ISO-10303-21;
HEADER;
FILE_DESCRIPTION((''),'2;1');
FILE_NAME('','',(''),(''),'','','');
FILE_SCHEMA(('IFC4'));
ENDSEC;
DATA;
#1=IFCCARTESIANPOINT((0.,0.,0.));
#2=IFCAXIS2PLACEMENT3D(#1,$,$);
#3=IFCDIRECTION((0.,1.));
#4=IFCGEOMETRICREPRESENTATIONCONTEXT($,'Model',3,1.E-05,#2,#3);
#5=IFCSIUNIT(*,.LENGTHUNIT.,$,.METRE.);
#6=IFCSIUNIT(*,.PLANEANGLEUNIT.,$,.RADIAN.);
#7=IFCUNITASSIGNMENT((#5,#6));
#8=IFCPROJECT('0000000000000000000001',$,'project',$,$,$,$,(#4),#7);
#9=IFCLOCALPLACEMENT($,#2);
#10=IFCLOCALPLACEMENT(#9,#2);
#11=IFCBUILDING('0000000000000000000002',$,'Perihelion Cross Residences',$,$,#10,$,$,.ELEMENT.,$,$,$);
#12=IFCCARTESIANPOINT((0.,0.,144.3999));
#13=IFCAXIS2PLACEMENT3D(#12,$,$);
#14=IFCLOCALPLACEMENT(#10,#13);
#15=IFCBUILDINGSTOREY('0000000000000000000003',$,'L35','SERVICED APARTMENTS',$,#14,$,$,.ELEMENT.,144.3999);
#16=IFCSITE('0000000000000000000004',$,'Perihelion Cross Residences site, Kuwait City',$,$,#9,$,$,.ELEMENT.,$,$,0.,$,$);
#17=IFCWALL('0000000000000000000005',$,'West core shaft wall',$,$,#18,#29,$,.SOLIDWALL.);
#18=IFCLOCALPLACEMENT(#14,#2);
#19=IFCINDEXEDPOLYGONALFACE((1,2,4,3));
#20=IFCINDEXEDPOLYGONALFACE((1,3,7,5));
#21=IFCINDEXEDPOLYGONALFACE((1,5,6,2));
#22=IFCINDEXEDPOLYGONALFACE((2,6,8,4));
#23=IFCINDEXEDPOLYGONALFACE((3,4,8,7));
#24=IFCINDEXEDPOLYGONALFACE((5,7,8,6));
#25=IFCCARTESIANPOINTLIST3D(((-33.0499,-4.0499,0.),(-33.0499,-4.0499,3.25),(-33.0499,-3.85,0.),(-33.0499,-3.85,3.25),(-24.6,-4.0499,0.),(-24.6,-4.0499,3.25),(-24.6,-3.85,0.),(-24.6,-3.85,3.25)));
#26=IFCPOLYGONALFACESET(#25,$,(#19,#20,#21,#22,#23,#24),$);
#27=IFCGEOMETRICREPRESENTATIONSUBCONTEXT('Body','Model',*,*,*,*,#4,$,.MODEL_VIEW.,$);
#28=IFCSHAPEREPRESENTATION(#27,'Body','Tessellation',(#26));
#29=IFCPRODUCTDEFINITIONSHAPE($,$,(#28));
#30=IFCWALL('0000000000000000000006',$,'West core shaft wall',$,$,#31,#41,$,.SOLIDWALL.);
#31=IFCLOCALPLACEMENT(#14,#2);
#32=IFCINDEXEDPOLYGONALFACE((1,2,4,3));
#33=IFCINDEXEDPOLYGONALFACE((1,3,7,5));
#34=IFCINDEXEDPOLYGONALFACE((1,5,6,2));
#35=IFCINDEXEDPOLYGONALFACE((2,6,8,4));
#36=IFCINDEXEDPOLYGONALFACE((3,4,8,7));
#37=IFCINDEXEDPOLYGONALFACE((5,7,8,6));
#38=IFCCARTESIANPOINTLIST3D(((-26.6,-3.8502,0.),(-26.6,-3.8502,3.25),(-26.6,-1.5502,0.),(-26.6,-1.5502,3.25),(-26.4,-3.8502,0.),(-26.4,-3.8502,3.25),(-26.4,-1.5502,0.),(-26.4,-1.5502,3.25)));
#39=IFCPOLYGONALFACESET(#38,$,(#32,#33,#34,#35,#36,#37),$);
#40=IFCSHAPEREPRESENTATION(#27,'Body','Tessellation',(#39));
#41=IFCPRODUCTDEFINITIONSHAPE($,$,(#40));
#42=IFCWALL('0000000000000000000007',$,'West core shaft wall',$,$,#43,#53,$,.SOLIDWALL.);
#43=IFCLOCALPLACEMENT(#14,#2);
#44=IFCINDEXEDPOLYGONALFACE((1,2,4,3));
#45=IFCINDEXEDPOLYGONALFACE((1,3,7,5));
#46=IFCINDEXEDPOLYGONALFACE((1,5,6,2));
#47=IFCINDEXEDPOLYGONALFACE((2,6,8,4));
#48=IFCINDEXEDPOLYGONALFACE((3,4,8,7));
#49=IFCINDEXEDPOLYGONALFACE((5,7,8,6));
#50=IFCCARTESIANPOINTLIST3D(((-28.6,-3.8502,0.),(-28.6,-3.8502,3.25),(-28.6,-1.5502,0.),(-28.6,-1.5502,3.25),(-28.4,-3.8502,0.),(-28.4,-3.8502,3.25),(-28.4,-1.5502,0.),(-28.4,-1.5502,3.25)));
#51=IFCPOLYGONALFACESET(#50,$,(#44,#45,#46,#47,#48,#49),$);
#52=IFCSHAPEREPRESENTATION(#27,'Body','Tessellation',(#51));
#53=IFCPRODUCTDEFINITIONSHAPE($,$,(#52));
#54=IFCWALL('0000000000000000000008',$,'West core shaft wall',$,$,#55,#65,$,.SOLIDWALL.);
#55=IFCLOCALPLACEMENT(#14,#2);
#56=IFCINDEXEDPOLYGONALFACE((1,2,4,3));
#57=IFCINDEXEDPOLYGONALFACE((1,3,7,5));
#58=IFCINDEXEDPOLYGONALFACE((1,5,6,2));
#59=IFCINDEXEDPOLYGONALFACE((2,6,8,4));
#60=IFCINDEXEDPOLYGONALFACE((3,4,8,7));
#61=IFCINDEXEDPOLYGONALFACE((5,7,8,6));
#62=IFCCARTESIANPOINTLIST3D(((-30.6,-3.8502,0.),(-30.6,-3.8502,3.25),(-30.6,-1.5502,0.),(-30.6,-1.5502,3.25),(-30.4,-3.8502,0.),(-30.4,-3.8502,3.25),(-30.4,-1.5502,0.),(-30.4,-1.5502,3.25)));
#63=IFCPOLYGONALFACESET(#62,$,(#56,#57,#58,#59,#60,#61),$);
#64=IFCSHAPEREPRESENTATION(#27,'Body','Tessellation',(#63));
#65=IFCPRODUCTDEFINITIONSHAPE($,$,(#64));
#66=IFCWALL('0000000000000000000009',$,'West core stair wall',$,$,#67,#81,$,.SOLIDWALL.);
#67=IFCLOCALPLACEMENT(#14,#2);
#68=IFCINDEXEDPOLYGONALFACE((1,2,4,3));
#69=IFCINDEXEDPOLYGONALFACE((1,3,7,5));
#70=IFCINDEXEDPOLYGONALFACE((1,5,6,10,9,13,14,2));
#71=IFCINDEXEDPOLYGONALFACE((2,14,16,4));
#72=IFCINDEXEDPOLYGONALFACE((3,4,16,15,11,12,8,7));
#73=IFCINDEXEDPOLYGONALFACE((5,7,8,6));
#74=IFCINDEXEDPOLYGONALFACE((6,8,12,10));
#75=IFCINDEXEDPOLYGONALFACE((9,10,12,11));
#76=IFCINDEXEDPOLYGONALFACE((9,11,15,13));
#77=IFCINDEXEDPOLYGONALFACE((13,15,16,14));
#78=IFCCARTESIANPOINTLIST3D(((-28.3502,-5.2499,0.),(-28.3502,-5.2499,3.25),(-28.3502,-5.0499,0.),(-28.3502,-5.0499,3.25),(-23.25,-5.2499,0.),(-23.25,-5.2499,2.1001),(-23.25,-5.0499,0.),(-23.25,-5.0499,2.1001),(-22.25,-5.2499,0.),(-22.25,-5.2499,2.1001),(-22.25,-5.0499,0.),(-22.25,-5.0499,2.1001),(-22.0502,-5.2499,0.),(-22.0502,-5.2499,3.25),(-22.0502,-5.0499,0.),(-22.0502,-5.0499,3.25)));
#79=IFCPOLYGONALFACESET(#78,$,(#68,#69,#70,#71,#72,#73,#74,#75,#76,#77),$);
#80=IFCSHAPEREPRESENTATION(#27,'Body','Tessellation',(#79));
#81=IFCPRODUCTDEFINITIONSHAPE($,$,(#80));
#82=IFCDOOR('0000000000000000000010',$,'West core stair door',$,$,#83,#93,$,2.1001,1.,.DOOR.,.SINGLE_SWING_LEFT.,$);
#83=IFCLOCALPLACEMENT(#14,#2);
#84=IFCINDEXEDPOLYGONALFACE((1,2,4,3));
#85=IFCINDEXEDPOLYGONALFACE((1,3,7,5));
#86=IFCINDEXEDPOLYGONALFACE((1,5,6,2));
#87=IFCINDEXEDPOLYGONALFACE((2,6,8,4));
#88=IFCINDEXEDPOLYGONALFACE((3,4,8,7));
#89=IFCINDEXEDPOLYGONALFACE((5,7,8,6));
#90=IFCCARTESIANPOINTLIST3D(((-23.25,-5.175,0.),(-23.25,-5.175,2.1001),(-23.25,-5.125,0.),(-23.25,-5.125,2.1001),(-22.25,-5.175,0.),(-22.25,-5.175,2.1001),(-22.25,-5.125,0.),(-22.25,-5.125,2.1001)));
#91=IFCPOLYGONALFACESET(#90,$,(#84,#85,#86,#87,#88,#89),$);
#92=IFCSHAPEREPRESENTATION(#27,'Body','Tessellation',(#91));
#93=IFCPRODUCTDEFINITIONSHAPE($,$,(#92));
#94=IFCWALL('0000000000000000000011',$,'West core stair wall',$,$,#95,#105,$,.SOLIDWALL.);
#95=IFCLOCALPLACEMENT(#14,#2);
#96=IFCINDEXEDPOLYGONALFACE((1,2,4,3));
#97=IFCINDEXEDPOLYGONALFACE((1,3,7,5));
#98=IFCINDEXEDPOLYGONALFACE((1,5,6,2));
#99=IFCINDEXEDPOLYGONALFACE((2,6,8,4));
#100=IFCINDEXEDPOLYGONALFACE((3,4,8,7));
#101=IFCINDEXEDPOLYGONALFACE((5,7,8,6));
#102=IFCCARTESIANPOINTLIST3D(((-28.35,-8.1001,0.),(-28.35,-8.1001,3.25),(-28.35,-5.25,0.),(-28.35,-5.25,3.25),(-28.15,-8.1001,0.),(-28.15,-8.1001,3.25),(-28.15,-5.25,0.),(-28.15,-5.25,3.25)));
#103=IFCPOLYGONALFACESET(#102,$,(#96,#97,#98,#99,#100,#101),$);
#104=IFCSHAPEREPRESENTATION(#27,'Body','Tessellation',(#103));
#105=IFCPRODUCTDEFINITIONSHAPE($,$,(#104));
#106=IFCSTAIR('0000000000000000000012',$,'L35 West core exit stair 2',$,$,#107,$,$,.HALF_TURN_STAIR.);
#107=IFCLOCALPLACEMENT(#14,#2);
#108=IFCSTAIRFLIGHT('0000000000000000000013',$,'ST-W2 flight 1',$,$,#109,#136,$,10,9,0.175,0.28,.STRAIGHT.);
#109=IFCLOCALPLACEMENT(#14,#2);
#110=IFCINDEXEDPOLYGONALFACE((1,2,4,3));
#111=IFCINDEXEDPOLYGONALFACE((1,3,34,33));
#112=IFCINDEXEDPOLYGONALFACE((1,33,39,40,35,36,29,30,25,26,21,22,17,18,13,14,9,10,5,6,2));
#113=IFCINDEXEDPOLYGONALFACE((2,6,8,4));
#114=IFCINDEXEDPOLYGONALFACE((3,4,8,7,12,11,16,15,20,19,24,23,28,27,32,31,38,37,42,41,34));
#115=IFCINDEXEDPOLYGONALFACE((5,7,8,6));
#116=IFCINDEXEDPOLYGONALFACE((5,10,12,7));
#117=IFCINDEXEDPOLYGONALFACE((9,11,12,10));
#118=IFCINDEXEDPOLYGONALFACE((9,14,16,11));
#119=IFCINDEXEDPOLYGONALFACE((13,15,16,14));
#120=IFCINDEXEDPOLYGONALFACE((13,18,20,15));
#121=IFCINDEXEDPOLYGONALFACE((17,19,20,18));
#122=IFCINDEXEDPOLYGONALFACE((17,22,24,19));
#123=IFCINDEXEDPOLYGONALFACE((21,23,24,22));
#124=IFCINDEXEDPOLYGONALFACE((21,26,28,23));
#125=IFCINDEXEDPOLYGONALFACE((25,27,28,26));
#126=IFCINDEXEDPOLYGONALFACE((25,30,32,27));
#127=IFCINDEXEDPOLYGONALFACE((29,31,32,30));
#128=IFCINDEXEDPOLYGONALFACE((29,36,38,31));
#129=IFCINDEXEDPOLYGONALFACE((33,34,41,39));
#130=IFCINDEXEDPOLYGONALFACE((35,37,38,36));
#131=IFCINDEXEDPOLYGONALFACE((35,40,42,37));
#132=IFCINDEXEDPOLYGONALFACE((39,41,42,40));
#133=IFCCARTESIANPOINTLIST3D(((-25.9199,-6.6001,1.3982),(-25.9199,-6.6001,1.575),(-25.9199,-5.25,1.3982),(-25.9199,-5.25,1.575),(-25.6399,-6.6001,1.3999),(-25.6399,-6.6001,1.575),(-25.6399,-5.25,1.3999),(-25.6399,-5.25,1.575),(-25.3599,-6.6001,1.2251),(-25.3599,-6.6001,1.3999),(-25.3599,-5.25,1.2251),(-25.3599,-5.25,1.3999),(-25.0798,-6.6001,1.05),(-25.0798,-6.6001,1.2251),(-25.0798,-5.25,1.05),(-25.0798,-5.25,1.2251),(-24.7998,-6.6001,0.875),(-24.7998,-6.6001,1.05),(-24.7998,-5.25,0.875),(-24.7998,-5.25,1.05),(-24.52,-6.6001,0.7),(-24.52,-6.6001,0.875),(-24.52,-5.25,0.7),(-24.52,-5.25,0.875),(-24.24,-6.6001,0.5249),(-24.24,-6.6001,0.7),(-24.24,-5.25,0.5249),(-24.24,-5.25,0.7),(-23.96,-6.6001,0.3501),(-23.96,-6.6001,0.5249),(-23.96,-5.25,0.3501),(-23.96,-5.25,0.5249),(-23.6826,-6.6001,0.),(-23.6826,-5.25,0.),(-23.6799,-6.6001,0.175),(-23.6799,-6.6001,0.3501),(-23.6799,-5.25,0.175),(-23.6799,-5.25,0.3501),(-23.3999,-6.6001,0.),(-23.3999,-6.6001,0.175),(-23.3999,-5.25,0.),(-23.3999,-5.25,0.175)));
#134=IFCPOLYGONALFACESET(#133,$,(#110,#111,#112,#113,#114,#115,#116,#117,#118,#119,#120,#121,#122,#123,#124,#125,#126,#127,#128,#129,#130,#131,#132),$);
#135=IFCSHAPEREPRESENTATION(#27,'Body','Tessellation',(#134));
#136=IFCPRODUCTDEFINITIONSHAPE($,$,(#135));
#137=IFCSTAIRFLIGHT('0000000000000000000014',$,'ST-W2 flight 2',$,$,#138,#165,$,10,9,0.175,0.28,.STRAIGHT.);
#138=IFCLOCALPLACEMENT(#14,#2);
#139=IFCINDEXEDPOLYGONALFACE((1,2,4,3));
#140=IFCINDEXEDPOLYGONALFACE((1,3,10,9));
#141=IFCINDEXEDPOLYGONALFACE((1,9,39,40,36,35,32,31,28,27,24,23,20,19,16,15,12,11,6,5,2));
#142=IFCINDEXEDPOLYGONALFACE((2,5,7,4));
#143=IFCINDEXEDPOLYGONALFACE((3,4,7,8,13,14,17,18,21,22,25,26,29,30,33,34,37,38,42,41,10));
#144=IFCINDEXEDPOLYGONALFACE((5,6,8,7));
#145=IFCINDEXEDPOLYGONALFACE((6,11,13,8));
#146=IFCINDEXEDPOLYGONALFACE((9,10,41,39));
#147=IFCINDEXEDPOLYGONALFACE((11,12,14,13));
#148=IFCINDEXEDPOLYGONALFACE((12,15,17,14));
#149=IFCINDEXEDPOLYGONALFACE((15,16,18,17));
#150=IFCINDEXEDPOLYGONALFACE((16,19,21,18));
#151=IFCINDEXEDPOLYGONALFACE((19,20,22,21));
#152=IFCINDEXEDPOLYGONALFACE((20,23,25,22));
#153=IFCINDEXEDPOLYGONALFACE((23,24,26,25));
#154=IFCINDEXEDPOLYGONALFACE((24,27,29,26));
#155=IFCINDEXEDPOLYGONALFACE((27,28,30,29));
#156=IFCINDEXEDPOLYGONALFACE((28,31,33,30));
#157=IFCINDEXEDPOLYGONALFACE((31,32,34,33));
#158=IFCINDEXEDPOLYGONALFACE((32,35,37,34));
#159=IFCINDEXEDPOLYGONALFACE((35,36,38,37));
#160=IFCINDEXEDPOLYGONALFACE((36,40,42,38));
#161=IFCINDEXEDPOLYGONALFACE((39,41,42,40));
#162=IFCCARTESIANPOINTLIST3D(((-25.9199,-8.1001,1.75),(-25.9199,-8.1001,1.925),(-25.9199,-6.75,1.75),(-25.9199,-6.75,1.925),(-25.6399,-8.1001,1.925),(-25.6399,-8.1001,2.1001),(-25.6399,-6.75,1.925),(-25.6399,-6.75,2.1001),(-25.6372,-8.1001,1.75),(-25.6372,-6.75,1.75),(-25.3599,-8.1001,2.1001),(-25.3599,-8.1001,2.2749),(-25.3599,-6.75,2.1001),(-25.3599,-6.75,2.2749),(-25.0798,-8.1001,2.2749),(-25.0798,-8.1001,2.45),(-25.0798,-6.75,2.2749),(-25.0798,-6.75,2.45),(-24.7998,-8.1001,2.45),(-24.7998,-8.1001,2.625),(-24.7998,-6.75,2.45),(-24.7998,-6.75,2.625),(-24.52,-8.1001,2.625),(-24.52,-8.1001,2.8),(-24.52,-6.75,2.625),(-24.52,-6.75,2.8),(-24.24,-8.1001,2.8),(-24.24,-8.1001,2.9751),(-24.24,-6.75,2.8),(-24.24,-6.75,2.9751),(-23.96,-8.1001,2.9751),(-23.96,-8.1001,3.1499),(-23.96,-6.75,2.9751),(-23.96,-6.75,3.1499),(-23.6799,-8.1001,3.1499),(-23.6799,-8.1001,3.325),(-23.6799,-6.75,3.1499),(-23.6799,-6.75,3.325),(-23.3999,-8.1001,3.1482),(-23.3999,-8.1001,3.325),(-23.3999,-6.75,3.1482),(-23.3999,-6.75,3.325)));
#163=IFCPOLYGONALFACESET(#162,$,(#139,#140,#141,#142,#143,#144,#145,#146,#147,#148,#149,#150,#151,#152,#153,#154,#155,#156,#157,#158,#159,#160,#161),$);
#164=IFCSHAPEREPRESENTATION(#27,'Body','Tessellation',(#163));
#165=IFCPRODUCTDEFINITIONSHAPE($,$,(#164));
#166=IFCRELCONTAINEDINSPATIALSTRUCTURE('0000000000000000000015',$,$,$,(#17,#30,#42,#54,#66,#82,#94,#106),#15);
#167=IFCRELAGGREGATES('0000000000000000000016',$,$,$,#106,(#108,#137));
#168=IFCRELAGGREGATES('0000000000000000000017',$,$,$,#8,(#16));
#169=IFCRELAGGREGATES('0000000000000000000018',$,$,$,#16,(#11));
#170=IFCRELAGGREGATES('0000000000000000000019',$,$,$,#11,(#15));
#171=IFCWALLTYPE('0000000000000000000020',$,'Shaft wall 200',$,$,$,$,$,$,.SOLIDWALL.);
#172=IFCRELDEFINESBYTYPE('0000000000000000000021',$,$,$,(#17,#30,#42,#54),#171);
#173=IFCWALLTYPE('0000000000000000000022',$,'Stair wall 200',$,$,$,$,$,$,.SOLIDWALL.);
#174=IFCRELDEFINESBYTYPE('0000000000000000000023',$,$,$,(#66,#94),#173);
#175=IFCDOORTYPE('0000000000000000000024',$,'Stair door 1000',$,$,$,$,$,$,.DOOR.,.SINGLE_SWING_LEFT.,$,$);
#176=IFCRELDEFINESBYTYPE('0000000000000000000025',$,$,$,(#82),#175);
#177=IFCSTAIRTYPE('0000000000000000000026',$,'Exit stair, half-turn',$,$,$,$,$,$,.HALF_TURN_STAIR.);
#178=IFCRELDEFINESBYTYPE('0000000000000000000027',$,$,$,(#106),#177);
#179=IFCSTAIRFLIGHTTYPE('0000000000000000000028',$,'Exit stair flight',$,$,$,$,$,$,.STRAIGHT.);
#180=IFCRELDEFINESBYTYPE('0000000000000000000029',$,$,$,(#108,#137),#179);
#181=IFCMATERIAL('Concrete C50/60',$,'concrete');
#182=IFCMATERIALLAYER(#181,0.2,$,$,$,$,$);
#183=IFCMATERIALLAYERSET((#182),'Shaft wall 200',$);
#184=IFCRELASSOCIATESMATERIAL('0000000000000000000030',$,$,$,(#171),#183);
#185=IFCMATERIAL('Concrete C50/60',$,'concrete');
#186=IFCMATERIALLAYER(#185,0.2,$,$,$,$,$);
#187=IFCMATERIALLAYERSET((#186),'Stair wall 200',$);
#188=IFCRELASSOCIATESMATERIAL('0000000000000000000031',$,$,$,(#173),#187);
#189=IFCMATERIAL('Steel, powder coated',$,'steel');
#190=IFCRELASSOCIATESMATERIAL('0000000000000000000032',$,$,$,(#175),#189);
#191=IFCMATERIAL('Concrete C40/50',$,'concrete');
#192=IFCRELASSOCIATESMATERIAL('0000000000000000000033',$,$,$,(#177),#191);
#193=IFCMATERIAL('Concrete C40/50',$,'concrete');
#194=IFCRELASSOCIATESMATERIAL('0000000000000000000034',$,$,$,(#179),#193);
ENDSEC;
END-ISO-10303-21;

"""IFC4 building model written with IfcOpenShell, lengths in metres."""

from ifc_helpers import new_model, si_unit, direction, frame, frame_2d, origin, place, context, subcontext, project, spatial, polyline, rectangle, outline, extrude, material, layer, layer_set, type_object, element, fill, aggregate, save


model = new_model("IFC4")

# Units and contexts
model_context = context("Model", 3, precision=1e-05, world=origin(), true_north=direction((0.0, 1.0)))
body_context = subcontext(model_context, "Body", "Model", "MODEL_VIEW")
ifc_project = project(units=[si_unit("LENGTHUNIT", "METRE"), si_unit("PLANEANGLEUNIT", "RADIAN")], contexts=[model_context])

# Site, building, storey
site_placement = place(None, origin())
site = spatial("IfcSite", under=ifc_project, at=site_placement, Name="Perihelion Cross Residences site, Kuwait City", CompositionType="ELEMENT", RefElevation=0.0)
building_placement = place(site_placement, origin())
building = spatial("IfcBuilding", under=site, at=building_placement, Name="Perihelion Cross Residences", CompositionType="ELEMENT")
storey_placement = place(building_placement, frame((0.0, 0.0, 144.3999)))
storey = spatial("IfcBuildingStorey", under=building, at=storey_placement, Name="L35", Description="SERVICED APARTMENTS", CompositionType="ELEMENT", Elevation=144.3999)

# Shared definitions
ifc_material_1 = material(Name="Concrete C50/60", Category="concrete")
ifc_layer_1 = layer(ifc_material_1, 0.2)
ifc_layer_set_1 = layer_set([ifc_layer_1], Name="Shaft wall 200")
wall_type_1 = type_object("IfcWallType", Name="Shaft wall 200", PredefinedType="SOLIDWALL", material=ifc_layer_set_1)

# Walls
wall_1_placement = place(storey_placement, frame((-33.05, -3.95, 0.0), z_axis=(0.0, 0.0, 1.0), x_axis=(1.0, 0.0, 0.0)))
element("IfcWall", 1, at=wall_1_placement, inside=storey, type_object=wall_type_1, Name="West core shaft wall", PredefinedType="SOLIDWALL", context=body_context, shape_type="SweptSolid", body=[
    extrude(rectangle(XDim=8.45, YDim=0.2, at=frame_2d((4.2251, 0.0))), origin(), (0.0, 0.0, 1.0), 3.25),
])
for number, where, z_axis, x_axis, name in (
    (2, (-26.5, -3.8501, 0.0), (0.0, 0.0, 1.0), (0.0, 1.0, 0.0), "West core shaft wall"),
    (3, (-28.5, -3.8501, 0.0), (0.0, 0.0, 1.0), (0.0, 1.0, 0.0), "West core shaft wall"),
    (4, (-30.5, -3.8501, 0.0), (0.0, 0.0, 1.0), (0.0, 1.0, 0.0), "West core shaft wall"),
):
    element("IfcWall", number, at=place(storey_placement, frame(where, z_axis=z_axis, x_axis=x_axis)), inside=storey, type_object=wall_type_1, Name=name, PredefinedType="SOLIDWALL", context=body_context, shape_type="SweptSolid", body=[
        extrude(rectangle(XDim=2.3, YDim=0.2, at=frame_2d((1.1499, 0.0))), origin(), (0.0, 0.0, 1.0), 3.25),
    ])

# Wall, opening, door
ifc_material_2 = material(Name="Concrete C50/60", Category="concrete")
ifc_layer_2 = layer(ifc_material_2, 0.2)
ifc_layer_set_2 = layer_set([ifc_layer_2], Name="Stair wall 200")
wall_type_2 = type_object("IfcWallType", Name="Stair wall 200", PredefinedType="SOLIDWALL", material=ifc_layer_set_2)
wall_2_placement = place(storey_placement, frame((-28.3501, -5.1499, 0.0), z_axis=(0.0, 0.0, 1.0), x_axis=(1.0, 0.0, 0.0)))
wall_2 = element("IfcWall", 5, at=wall_2_placement, inside=storey, type_object=wall_type_2, Name="West core stair wall", PredefinedType="SOLIDWALL", context=body_context, shape_type="SweptSolid", body=[
    extrude(rectangle(XDim=6.3, YDim=0.2, at=frame_2d((3.1499, 0.0))), origin(), (0.0, 0.0, 1.0), 3.25),
])
opening_1_placement = place(wall_2_placement, frame((5.1001, 0.0, 0.0)))
opening_1 = element("IfcOpeningElement", 6, at=opening_1_placement, cuts=wall_2, PredefinedType="OPENING", context=body_context, shape_type="SweptSolid", body=[
    extrude(rectangle(XDim=1.0, YDim=2.1001, at=frame_2d((0.5, 1.05))), frame((0.0, 0.1099, 0.0), z_axis=(0.0, -1.0, 0.0), x_axis=(1.0, 0.0, 0.0)), (0.0, 0.0, 1.0), 0.22),
])
ifc_material_3 = material(Name="Steel, powder coated", Category="steel")
door_type_1 = type_object("IfcDoorType", Name="Stair door 1000", OperationType="SINGLE_SWING_LEFT", PredefinedType="DOOR", material=ifc_material_3)
door_1_placement = place(opening_1_placement, origin())
door_1 = element("IfcDoor", 7, at=door_1_placement, inside=storey, type_object=door_type_1, Name="West core stair door", OperationType="SINGLE_SWING_LEFT", OverallHeight=2.1001, OverallWidth=1.0, PredefinedType="DOOR", context=body_context, shape_type="SweptSolid", body=[
    extrude(rectangle(XDim=1.0, YDim=2.1001, at=frame_2d((0.5, 1.05))), frame((0.0, 0.0249, 0.0), z_axis=(0.0, -1.0, 0.0), x_axis=(1.0, 0.0, 0.0)), (0.0, 0.0, 1.0), 0.05),
])
fill(opening_1, door_1)

# Wall
wall_3_placement = place(storey_placement, frame((-28.25, -8.1001, 0.0), z_axis=(0.0, 0.0, 1.0), x_axis=(0.0, 1.0, 0.0)))
element("IfcWall", 8, at=wall_3_placement, inside=storey, type_object=wall_type_2, Name="West core stair wall", PredefinedType="SOLIDWALL", context=body_context, shape_type="SweptSolid", body=[
    extrude(rectangle(XDim=2.8501, YDim=0.2, at=frame_2d((1.425, 0.0))), origin(), (0.0, 0.0, 1.0), 3.25),
])

# Stair, stair flights
ifc_material_4 = material(Name="Concrete C40/50", Category="concrete")
stair_type = type_object("IfcStairType", Name="Exit stair, half-turn", PredefinedType="HALF_TURN_STAIR", material=ifc_material_4)
stair_placement = place(storey_placement, origin())
stair = element("IfcStair", 9, at=stair_placement, inside=storey, type_object=stair_type, Name="L35 West core exit stair 2", PredefinedType="HALF_TURN_STAIR")
ifc_material_5 = material(Name="Concrete C40/50", Category="concrete")
stair_flight_type = type_object("IfcStairFlightType", Name="Exit stair flight", PredefinedType="STRAIGHT", material=ifc_material_5)
stair_flight_1_placement = place(storey_placement, frame((-23.3999, -5.925, 0.0), z_axis=(0.0, 0.0, 1.0), x_axis=(-1.0, 0.0, 0.0)))
stair_flight_1 = element("IfcStairFlight", 10, at=stair_flight_1_placement, type_object=stair_flight_type, Name="ST-W2 flight 1", NumberOfRisers=10, NumberOfTreads=9, PredefinedType="STRAIGHT", RiserHeight=0.175, TreadLength=0.28, context=body_context, shape_type="SweptSolid", body=[
    extrude(outline(polyline([(0.0, 0.0), (0.0, 0.175), (0.28, 0.175), (0.28, 0.3501), (0.5601, 0.3501), (0.5601, 0.5249), (0.8401, 0.5249), (0.8401, 0.7), (1.1201, 0.7), (1.1201, 0.875), (1.3999, 0.875), (1.3999, 1.05), (1.6799, 1.05), (1.6799, 1.2251), (1.96, 1.2251), (1.96, 1.3999), (2.24, 1.3999), (2.24, 1.575), (2.52, 1.575), (2.52, 1.75), (2.52, 1.3982), (0.2827, 0.0), (0.0, 0.0)])), frame((0.0, 0.675, 0.0), z_axis=(0.0, -1.0, 0.0), x_axis=(1.0, 0.0, 0.0)), (0.0, 0.0, 1.0), 1.3501),
])
stair_flight_2_placement = place(storey_placement, frame((-25.9199, -7.425, 1.75), z_axis=(0.0, 0.0, 1.0), x_axis=(1.0, 0.0, 0.0)))
stair_flight_2 = element("IfcStairFlight", 11, at=stair_flight_2_placement, type_object=stair_flight_type, Name="ST-W2 flight 2", NumberOfRisers=10, NumberOfTreads=9, PredefinedType="STRAIGHT", RiserHeight=0.175, TreadLength=0.28, context=body_context, shape_type="SweptSolid", body=[
    extrude(outline(polyline([(0.0, 0.0), (0.0, 0.175), (0.28, 0.175), (0.28, 0.3501), (0.5601, 0.3501), (0.5601, 0.5249), (0.8401, 0.5249), (0.8401, 0.7), (1.1201, 0.7), (1.1201, 0.875), (1.3999, 0.875), (1.3999, 1.05), (1.6799, 1.05), (1.6799, 1.2251), (1.96, 1.2251), (1.96, 1.3999), (2.24, 1.3999), (2.24, 1.575), (2.52, 1.575), (2.52, 1.75), (2.52, 1.3982), (0.2827, 0.0), (0.0, 0.0)])), frame((0.0, 0.675, 0.0), z_axis=(0.0, -1.0, 0.0), x_axis=(1.0, 0.0, 0.0)), (0.0, 0.0, 1.0), 1.3501),
])
aggregate(stair, [stair_flight_1, stair_flight_2])

save(model, "model.ifc")
